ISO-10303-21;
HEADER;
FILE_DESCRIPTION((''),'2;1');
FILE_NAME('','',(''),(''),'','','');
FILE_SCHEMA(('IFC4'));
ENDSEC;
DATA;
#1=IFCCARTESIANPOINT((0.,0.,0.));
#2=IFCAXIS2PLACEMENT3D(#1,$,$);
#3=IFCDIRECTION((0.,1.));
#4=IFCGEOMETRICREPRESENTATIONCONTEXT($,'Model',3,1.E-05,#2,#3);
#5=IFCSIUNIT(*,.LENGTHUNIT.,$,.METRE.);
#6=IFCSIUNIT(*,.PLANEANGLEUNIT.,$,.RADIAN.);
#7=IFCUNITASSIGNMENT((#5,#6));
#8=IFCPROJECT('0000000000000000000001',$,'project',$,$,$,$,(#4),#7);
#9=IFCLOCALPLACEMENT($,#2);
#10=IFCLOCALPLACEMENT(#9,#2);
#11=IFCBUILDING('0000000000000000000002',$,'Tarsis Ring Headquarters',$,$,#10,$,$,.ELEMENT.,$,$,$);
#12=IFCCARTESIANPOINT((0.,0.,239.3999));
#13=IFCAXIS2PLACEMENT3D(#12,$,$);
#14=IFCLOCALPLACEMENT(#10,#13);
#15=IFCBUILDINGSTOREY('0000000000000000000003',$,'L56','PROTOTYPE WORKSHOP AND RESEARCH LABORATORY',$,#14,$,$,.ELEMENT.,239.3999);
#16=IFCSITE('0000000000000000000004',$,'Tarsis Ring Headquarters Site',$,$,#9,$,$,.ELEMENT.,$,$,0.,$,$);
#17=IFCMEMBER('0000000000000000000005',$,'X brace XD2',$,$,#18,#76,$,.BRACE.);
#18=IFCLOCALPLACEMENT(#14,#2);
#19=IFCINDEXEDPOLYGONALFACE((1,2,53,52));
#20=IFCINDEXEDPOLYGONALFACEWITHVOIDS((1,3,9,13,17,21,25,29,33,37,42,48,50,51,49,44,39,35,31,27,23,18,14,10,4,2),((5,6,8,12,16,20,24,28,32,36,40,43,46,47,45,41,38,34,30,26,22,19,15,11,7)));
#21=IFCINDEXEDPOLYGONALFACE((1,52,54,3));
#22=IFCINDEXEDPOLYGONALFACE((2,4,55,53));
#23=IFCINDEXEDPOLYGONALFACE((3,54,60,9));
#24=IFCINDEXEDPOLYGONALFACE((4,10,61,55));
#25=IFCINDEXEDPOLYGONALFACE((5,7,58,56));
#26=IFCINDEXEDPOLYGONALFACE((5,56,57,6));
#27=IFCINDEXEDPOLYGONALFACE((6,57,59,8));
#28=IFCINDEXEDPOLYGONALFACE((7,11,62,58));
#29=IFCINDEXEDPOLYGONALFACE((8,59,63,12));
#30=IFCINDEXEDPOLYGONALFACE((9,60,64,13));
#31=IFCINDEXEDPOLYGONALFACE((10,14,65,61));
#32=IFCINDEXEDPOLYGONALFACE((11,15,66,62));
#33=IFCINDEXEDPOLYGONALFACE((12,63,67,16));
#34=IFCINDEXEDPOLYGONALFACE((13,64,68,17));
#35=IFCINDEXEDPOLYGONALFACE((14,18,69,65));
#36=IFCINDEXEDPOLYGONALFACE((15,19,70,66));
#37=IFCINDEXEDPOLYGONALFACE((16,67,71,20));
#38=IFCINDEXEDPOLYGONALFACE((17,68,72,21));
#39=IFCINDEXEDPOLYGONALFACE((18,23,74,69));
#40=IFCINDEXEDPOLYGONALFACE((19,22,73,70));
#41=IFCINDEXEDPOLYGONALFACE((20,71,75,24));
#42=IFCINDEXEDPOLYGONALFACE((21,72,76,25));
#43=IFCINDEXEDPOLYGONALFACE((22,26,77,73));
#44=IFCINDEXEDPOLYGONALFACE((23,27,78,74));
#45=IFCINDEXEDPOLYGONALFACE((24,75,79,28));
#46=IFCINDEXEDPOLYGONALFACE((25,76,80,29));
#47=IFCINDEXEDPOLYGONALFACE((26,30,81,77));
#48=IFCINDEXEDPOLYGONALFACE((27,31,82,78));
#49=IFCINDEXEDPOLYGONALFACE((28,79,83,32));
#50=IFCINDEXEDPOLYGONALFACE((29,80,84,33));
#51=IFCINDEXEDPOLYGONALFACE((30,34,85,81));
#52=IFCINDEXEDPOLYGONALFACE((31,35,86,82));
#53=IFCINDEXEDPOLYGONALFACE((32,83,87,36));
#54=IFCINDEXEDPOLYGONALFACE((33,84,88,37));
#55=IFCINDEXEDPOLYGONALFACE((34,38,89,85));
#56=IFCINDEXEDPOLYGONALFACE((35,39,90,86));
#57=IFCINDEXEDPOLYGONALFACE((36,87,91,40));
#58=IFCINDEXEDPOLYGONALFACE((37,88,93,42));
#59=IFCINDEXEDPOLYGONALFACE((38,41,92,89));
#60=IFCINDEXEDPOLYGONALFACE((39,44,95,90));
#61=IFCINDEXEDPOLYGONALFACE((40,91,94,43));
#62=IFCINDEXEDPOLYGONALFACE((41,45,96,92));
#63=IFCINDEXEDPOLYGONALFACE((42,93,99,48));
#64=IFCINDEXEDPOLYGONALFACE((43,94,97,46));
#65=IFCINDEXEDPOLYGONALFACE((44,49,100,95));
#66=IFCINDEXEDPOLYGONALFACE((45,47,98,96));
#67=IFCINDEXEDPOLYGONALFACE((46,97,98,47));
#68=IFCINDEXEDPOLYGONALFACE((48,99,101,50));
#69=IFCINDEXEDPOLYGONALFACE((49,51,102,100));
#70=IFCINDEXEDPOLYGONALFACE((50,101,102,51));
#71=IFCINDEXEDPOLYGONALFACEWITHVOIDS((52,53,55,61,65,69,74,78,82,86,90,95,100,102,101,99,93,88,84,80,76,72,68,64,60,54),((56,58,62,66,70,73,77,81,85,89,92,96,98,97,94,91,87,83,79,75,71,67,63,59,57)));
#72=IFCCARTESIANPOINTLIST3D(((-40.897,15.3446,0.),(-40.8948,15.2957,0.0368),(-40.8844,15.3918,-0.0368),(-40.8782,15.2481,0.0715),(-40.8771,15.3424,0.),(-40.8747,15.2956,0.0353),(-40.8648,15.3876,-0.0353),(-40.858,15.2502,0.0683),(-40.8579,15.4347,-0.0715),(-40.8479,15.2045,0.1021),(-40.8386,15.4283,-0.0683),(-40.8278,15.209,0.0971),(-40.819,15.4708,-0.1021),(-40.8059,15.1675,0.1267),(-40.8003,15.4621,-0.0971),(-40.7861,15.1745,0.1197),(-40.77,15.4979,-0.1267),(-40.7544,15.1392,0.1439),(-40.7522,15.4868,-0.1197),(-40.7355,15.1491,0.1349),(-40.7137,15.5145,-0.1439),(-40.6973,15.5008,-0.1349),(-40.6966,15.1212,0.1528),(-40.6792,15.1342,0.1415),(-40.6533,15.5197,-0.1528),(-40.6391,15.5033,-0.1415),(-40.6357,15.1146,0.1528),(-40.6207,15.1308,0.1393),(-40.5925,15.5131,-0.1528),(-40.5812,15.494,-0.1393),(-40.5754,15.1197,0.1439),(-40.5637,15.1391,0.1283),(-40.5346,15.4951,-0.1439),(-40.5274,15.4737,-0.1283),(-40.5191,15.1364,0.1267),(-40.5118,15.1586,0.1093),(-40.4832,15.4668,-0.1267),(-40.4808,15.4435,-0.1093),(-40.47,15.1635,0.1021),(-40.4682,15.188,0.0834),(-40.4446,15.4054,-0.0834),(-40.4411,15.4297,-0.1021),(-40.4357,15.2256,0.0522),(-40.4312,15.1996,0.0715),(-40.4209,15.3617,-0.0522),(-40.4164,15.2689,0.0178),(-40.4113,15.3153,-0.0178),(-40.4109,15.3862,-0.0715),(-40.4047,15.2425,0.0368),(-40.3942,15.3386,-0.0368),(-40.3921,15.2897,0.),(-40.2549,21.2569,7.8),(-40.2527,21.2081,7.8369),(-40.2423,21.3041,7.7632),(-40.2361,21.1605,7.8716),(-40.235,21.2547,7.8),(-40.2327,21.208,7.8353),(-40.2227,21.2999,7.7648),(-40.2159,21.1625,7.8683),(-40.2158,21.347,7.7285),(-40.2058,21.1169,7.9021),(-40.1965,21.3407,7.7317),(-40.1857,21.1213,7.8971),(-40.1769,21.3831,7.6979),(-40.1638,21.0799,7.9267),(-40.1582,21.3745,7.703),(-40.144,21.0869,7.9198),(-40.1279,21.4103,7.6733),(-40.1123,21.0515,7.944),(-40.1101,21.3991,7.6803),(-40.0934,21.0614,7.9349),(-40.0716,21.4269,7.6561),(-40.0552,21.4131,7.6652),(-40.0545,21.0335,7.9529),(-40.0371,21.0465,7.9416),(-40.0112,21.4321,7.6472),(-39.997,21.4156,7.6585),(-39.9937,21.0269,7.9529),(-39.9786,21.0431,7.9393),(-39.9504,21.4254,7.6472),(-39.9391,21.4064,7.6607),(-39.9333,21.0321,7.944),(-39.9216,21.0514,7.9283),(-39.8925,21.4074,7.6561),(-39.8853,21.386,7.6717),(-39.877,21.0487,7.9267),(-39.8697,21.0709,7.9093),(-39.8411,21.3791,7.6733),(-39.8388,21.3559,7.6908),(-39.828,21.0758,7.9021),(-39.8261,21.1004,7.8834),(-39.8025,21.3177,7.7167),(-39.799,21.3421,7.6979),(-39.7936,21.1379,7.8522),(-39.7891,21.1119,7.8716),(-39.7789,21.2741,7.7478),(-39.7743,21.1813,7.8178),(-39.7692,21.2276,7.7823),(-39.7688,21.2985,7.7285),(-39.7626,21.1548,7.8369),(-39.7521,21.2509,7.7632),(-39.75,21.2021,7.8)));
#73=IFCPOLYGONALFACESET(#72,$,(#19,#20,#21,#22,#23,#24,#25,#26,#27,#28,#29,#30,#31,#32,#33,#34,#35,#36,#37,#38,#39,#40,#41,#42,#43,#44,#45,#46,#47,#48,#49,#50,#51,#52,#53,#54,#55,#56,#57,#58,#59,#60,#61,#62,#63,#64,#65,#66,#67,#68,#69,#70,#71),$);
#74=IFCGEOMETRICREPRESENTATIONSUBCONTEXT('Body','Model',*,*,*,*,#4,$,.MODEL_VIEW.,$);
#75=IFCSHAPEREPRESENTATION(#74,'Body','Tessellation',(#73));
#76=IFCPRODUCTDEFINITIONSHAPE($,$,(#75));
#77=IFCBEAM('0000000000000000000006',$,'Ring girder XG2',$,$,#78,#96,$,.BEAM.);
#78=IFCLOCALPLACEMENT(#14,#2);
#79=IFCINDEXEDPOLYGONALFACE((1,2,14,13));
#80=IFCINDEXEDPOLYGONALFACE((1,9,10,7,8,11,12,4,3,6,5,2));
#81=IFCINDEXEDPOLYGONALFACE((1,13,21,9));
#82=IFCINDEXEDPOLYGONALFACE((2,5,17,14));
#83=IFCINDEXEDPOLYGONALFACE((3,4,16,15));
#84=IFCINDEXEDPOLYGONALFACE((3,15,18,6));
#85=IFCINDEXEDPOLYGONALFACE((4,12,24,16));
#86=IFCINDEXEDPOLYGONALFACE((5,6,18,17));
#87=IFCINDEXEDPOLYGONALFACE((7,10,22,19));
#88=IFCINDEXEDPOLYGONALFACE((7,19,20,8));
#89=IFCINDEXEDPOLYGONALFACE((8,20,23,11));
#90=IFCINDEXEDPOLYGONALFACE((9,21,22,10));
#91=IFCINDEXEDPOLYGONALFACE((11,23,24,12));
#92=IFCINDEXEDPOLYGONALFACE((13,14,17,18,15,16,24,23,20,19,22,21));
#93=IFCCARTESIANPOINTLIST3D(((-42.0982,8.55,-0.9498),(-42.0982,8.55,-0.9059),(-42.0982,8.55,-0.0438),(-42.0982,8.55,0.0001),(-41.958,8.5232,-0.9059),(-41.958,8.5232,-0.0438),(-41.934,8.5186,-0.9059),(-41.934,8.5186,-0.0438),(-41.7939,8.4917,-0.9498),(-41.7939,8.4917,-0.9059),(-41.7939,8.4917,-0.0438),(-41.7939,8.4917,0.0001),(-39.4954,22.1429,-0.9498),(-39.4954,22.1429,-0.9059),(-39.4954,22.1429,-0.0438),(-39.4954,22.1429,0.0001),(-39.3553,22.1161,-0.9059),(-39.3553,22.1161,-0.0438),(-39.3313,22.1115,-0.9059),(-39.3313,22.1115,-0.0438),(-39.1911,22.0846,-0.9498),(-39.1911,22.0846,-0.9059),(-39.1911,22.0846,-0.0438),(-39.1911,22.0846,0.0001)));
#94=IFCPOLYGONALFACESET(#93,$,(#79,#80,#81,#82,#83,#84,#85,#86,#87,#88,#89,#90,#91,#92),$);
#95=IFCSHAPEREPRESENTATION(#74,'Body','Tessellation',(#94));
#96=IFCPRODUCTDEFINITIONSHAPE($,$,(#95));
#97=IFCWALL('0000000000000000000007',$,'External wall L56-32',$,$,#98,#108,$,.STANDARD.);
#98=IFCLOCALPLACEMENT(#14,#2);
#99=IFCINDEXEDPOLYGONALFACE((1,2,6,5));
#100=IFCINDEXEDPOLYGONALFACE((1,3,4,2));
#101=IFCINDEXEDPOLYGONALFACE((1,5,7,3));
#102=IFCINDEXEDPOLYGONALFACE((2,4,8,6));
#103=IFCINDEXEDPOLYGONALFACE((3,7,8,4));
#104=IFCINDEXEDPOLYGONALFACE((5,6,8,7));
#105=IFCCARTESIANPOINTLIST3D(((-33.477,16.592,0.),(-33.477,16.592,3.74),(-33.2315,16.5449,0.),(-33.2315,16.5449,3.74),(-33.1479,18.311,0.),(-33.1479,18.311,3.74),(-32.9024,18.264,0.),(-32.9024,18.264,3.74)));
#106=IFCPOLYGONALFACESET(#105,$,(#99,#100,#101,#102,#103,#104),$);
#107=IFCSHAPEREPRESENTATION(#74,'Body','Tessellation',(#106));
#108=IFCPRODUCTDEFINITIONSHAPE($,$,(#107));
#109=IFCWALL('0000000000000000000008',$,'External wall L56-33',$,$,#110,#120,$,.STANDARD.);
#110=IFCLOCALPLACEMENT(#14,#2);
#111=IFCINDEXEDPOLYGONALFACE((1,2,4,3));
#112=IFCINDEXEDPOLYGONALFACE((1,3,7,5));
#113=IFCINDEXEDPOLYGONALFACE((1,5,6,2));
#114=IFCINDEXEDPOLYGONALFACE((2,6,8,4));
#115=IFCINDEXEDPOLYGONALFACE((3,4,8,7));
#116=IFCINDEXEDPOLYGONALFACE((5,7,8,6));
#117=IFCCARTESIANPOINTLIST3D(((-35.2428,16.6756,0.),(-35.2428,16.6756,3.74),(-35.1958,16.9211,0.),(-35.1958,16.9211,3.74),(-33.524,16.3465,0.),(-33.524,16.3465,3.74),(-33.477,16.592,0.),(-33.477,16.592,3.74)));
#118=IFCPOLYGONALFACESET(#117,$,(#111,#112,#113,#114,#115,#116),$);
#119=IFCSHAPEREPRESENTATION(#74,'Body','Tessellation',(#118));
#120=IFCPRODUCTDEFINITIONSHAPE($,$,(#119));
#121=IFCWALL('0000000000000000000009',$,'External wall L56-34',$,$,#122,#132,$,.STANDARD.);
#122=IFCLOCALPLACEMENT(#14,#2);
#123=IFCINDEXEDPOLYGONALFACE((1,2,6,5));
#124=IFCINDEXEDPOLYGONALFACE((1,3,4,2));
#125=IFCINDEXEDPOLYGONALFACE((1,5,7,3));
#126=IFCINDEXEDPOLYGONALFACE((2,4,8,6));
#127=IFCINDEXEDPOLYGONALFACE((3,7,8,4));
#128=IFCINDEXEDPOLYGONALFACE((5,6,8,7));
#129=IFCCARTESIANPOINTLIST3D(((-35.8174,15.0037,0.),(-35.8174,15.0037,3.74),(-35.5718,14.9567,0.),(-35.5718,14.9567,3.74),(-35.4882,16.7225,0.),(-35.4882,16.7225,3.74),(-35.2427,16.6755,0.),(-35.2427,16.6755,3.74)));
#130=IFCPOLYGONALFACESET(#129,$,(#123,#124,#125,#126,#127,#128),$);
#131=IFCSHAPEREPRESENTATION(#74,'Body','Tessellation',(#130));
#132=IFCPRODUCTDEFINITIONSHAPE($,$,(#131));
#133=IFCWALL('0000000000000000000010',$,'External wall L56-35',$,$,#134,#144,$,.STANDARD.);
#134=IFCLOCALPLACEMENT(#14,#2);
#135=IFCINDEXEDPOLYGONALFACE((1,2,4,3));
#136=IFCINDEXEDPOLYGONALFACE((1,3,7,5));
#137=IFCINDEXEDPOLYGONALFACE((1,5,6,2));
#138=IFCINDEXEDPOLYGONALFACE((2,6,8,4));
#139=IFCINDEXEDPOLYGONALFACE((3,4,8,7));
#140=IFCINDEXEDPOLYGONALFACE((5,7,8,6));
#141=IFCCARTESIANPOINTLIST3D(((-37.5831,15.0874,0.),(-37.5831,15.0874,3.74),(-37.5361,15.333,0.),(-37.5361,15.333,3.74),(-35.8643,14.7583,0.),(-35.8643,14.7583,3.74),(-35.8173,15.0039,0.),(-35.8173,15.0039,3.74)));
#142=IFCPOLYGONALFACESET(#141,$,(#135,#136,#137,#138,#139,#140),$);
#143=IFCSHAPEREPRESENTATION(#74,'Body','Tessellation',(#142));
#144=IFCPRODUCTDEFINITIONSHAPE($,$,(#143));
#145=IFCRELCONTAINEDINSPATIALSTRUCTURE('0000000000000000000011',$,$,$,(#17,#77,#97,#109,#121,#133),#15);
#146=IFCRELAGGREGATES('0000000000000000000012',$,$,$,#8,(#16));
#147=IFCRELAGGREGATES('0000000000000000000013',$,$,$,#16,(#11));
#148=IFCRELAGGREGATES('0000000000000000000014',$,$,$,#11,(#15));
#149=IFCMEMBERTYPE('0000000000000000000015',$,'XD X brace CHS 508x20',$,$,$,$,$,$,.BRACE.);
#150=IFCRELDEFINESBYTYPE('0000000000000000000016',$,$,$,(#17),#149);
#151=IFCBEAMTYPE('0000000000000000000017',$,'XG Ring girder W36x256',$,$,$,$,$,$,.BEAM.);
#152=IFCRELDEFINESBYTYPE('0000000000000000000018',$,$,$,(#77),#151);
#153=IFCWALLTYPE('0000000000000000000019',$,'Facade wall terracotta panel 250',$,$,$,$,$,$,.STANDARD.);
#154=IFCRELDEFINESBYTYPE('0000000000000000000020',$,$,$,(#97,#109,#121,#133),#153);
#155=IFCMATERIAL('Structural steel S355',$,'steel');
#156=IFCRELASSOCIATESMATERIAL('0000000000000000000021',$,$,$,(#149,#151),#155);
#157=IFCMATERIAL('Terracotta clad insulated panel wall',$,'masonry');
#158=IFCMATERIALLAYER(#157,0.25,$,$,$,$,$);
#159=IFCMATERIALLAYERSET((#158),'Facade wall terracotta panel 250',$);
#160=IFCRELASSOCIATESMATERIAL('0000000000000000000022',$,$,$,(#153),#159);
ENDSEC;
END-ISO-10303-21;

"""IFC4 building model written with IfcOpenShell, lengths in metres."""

from ifc_helpers import new_model, si_unit, direction, frame, frame_2d, origin, origin_2d, place, context, subcontext, project, spatial, rectangle, hollow_circle, i_section, extrude, material, layer, layer_set, material_profile, profile_set, type_object, element, save


model = new_model("IFC4")

# Units and contexts
model_context = context("Model", 3, precision=1e-05, world=origin(), true_north=direction((0.0, 1.0)))
body_context = subcontext(model_context, "Body", "Model", "MODEL_VIEW")
ifc_project = project(units=[si_unit("LENGTHUNIT", "METRE"), si_unit("PLANEANGLEUNIT", "RADIAN")], contexts=[model_context])

# Site, building, storey
site_placement = place(None, origin())
site = spatial("IfcSite", under=ifc_project, at=site_placement, Name="Tarsis Ring Headquarters Site", CompositionType="ELEMENT", RefElevation=0.0)
building_placement = place(site_placement, origin())
building = spatial("IfcBuilding", under=site, at=building_placement, Name="Tarsis Ring Headquarters", CompositionType="ELEMENT")
storey_placement = place(building_placement, frame((0.0, 0.0, 239.3999)))
storey = spatial("IfcBuildingStorey", under=building, at=storey_placement, Name="L56", Description="PROTOTYPE WORKSHOP AND RESEARCH LABORATORY", CompositionType="ELEMENT", Elevation=239.3999)

# Shared definitions
ifc_material_1 = material(Name="Structural steel S355", Category="steel")

# Shared definitions
ifc_material_profile_1 = material_profile(ifc_material_1, i_section(OverallWidth=0.3098, OverallDepth=0.95, WebThickness=0.0244, FlangeThickness=0.0439, at=origin_2d()), Name="W36x256")
ifc_profile_set_1 = profile_set([ifc_material_profile_1], Name="Structural steel S355")

# Member
ifc_material_profile_2 = material_profile(ifc_material_1, hollow_circle(Radius=0.2539, WallThickness=0.02, at=origin_2d()), Name="CHS 508x20")
ifc_profile_set_2 = profile_set([ifc_material_profile_2], Name="Structural steel S355")
member_type = type_object("IfcMemberType", Name="XD X brace CHS 508x20", PredefinedType="BRACE", material=ifc_profile_set_2)
member_1_placement = place(storey_placement, frame((-40.6445, 15.3171, 0.0), z_axis=(0.065462, 0.602771, 0.795224), x_axis=(-0.994155, 0.107967, 0.0)))
element("IfcMember", 1, at=member_1_placement, inside=storey, type_object=member_type, Name="X brace XD2", PredefinedType="BRACE", context=body_context, shape_type="SweptSolid", body=[
    extrude(hollow_circle(Radius=0.2539, WallThickness=0.02, at=origin_2d()), origin(), (0.0, 0.0, 1.0), 9.8086),
])

# Beam
beam_type_1 = type_object("IfcBeamType", Name="XG Ring girder W36x256", PredefinedType="BEAM", material=ifc_profile_set_1)
beam_1_placement = place(storey_placement, frame((-39.3433, 22.1138, -0.4749), z_axis=(-0.188063, -0.982157, 0.0), x_axis=(0.982157, -0.188063, 0.0)))
element("IfcBeam", 2, at=beam_1_placement, inside=storey, type_object=beam_type_1, Name="Ring girder XG2", PredefinedType="BEAM", context=body_context, shape_type="SweptSolid", body=[
    extrude(i_section(OverallWidth=0.3098, OverallDepth=0.95, WebThickness=0.0244, FlangeThickness=0.0439, at=origin_2d()), origin(), (0.0, 0.0, 1.0), 13.8398),
])

# Walls
ifc_material_2 = material(Name="Terracotta clad insulated panel wall", Category="masonry")
ifc_layer = layer(ifc_material_2, 0.25)
ifc_layer_set = layer_set([ifc_layer], Name="Facade wall terracotta panel 250")
wall_type = type_object("IfcWallType", Name="Facade wall terracotta panel 250", PredefinedType="STANDARD", material=ifc_layer_set)
wall_1_placement = place(storey_placement, frame((-33.0251, 18.2874, 0.0), z_axis=(0.0, 0.0, 1.0), x_axis=(-0.188035, -0.982162, 0.0)))
element("IfcWall", 3, at=wall_1_placement, inside=storey, type_object=wall_type, Name="External wall L56-32", PredefinedType="STANDARD", context=body_context, shape_type="SweptSolid", body=[
    extrude(rectangle(XDim=1.7502, YDim=0.25, at=frame_2d((0.875, 0.0))), origin(), (0.0, 0.0, 1.0), 3.74),
])
for number, where, z_axis, x_axis, name in (
    (4, (-33.5005, 16.4692, 0.0), (0.0, 0.0, 1.0), (-0.982157, 0.188061, 0.0), "External wall L56-33"),
    (5, (-35.3655, 16.699, 0.0), (0.0, 0.0, 1.0), (-0.188061, -0.982157, 0.0), "External wall L56-34"),
    (6, (-35.8408, 14.8811, 0.0), (0.0, 0.0, 1.0), (-0.982157, 0.188061, 0.0), "External wall L56-35"),
):
    element("IfcWall", number, at=place(storey_placement, frame(where, z_axis=z_axis, x_axis=x_axis)), inside=storey, type_object=wall_type, Name=name, PredefinedType="STANDARD", context=body_context, shape_type="SweptSolid", body=[
        extrude(rectangle(XDim=1.75, YDim=0.25, at=frame_2d((0.875, 0.0))), origin(), (0.0, 0.0, 1.0), 3.74),
    ])

save(model, "model.ifc")
